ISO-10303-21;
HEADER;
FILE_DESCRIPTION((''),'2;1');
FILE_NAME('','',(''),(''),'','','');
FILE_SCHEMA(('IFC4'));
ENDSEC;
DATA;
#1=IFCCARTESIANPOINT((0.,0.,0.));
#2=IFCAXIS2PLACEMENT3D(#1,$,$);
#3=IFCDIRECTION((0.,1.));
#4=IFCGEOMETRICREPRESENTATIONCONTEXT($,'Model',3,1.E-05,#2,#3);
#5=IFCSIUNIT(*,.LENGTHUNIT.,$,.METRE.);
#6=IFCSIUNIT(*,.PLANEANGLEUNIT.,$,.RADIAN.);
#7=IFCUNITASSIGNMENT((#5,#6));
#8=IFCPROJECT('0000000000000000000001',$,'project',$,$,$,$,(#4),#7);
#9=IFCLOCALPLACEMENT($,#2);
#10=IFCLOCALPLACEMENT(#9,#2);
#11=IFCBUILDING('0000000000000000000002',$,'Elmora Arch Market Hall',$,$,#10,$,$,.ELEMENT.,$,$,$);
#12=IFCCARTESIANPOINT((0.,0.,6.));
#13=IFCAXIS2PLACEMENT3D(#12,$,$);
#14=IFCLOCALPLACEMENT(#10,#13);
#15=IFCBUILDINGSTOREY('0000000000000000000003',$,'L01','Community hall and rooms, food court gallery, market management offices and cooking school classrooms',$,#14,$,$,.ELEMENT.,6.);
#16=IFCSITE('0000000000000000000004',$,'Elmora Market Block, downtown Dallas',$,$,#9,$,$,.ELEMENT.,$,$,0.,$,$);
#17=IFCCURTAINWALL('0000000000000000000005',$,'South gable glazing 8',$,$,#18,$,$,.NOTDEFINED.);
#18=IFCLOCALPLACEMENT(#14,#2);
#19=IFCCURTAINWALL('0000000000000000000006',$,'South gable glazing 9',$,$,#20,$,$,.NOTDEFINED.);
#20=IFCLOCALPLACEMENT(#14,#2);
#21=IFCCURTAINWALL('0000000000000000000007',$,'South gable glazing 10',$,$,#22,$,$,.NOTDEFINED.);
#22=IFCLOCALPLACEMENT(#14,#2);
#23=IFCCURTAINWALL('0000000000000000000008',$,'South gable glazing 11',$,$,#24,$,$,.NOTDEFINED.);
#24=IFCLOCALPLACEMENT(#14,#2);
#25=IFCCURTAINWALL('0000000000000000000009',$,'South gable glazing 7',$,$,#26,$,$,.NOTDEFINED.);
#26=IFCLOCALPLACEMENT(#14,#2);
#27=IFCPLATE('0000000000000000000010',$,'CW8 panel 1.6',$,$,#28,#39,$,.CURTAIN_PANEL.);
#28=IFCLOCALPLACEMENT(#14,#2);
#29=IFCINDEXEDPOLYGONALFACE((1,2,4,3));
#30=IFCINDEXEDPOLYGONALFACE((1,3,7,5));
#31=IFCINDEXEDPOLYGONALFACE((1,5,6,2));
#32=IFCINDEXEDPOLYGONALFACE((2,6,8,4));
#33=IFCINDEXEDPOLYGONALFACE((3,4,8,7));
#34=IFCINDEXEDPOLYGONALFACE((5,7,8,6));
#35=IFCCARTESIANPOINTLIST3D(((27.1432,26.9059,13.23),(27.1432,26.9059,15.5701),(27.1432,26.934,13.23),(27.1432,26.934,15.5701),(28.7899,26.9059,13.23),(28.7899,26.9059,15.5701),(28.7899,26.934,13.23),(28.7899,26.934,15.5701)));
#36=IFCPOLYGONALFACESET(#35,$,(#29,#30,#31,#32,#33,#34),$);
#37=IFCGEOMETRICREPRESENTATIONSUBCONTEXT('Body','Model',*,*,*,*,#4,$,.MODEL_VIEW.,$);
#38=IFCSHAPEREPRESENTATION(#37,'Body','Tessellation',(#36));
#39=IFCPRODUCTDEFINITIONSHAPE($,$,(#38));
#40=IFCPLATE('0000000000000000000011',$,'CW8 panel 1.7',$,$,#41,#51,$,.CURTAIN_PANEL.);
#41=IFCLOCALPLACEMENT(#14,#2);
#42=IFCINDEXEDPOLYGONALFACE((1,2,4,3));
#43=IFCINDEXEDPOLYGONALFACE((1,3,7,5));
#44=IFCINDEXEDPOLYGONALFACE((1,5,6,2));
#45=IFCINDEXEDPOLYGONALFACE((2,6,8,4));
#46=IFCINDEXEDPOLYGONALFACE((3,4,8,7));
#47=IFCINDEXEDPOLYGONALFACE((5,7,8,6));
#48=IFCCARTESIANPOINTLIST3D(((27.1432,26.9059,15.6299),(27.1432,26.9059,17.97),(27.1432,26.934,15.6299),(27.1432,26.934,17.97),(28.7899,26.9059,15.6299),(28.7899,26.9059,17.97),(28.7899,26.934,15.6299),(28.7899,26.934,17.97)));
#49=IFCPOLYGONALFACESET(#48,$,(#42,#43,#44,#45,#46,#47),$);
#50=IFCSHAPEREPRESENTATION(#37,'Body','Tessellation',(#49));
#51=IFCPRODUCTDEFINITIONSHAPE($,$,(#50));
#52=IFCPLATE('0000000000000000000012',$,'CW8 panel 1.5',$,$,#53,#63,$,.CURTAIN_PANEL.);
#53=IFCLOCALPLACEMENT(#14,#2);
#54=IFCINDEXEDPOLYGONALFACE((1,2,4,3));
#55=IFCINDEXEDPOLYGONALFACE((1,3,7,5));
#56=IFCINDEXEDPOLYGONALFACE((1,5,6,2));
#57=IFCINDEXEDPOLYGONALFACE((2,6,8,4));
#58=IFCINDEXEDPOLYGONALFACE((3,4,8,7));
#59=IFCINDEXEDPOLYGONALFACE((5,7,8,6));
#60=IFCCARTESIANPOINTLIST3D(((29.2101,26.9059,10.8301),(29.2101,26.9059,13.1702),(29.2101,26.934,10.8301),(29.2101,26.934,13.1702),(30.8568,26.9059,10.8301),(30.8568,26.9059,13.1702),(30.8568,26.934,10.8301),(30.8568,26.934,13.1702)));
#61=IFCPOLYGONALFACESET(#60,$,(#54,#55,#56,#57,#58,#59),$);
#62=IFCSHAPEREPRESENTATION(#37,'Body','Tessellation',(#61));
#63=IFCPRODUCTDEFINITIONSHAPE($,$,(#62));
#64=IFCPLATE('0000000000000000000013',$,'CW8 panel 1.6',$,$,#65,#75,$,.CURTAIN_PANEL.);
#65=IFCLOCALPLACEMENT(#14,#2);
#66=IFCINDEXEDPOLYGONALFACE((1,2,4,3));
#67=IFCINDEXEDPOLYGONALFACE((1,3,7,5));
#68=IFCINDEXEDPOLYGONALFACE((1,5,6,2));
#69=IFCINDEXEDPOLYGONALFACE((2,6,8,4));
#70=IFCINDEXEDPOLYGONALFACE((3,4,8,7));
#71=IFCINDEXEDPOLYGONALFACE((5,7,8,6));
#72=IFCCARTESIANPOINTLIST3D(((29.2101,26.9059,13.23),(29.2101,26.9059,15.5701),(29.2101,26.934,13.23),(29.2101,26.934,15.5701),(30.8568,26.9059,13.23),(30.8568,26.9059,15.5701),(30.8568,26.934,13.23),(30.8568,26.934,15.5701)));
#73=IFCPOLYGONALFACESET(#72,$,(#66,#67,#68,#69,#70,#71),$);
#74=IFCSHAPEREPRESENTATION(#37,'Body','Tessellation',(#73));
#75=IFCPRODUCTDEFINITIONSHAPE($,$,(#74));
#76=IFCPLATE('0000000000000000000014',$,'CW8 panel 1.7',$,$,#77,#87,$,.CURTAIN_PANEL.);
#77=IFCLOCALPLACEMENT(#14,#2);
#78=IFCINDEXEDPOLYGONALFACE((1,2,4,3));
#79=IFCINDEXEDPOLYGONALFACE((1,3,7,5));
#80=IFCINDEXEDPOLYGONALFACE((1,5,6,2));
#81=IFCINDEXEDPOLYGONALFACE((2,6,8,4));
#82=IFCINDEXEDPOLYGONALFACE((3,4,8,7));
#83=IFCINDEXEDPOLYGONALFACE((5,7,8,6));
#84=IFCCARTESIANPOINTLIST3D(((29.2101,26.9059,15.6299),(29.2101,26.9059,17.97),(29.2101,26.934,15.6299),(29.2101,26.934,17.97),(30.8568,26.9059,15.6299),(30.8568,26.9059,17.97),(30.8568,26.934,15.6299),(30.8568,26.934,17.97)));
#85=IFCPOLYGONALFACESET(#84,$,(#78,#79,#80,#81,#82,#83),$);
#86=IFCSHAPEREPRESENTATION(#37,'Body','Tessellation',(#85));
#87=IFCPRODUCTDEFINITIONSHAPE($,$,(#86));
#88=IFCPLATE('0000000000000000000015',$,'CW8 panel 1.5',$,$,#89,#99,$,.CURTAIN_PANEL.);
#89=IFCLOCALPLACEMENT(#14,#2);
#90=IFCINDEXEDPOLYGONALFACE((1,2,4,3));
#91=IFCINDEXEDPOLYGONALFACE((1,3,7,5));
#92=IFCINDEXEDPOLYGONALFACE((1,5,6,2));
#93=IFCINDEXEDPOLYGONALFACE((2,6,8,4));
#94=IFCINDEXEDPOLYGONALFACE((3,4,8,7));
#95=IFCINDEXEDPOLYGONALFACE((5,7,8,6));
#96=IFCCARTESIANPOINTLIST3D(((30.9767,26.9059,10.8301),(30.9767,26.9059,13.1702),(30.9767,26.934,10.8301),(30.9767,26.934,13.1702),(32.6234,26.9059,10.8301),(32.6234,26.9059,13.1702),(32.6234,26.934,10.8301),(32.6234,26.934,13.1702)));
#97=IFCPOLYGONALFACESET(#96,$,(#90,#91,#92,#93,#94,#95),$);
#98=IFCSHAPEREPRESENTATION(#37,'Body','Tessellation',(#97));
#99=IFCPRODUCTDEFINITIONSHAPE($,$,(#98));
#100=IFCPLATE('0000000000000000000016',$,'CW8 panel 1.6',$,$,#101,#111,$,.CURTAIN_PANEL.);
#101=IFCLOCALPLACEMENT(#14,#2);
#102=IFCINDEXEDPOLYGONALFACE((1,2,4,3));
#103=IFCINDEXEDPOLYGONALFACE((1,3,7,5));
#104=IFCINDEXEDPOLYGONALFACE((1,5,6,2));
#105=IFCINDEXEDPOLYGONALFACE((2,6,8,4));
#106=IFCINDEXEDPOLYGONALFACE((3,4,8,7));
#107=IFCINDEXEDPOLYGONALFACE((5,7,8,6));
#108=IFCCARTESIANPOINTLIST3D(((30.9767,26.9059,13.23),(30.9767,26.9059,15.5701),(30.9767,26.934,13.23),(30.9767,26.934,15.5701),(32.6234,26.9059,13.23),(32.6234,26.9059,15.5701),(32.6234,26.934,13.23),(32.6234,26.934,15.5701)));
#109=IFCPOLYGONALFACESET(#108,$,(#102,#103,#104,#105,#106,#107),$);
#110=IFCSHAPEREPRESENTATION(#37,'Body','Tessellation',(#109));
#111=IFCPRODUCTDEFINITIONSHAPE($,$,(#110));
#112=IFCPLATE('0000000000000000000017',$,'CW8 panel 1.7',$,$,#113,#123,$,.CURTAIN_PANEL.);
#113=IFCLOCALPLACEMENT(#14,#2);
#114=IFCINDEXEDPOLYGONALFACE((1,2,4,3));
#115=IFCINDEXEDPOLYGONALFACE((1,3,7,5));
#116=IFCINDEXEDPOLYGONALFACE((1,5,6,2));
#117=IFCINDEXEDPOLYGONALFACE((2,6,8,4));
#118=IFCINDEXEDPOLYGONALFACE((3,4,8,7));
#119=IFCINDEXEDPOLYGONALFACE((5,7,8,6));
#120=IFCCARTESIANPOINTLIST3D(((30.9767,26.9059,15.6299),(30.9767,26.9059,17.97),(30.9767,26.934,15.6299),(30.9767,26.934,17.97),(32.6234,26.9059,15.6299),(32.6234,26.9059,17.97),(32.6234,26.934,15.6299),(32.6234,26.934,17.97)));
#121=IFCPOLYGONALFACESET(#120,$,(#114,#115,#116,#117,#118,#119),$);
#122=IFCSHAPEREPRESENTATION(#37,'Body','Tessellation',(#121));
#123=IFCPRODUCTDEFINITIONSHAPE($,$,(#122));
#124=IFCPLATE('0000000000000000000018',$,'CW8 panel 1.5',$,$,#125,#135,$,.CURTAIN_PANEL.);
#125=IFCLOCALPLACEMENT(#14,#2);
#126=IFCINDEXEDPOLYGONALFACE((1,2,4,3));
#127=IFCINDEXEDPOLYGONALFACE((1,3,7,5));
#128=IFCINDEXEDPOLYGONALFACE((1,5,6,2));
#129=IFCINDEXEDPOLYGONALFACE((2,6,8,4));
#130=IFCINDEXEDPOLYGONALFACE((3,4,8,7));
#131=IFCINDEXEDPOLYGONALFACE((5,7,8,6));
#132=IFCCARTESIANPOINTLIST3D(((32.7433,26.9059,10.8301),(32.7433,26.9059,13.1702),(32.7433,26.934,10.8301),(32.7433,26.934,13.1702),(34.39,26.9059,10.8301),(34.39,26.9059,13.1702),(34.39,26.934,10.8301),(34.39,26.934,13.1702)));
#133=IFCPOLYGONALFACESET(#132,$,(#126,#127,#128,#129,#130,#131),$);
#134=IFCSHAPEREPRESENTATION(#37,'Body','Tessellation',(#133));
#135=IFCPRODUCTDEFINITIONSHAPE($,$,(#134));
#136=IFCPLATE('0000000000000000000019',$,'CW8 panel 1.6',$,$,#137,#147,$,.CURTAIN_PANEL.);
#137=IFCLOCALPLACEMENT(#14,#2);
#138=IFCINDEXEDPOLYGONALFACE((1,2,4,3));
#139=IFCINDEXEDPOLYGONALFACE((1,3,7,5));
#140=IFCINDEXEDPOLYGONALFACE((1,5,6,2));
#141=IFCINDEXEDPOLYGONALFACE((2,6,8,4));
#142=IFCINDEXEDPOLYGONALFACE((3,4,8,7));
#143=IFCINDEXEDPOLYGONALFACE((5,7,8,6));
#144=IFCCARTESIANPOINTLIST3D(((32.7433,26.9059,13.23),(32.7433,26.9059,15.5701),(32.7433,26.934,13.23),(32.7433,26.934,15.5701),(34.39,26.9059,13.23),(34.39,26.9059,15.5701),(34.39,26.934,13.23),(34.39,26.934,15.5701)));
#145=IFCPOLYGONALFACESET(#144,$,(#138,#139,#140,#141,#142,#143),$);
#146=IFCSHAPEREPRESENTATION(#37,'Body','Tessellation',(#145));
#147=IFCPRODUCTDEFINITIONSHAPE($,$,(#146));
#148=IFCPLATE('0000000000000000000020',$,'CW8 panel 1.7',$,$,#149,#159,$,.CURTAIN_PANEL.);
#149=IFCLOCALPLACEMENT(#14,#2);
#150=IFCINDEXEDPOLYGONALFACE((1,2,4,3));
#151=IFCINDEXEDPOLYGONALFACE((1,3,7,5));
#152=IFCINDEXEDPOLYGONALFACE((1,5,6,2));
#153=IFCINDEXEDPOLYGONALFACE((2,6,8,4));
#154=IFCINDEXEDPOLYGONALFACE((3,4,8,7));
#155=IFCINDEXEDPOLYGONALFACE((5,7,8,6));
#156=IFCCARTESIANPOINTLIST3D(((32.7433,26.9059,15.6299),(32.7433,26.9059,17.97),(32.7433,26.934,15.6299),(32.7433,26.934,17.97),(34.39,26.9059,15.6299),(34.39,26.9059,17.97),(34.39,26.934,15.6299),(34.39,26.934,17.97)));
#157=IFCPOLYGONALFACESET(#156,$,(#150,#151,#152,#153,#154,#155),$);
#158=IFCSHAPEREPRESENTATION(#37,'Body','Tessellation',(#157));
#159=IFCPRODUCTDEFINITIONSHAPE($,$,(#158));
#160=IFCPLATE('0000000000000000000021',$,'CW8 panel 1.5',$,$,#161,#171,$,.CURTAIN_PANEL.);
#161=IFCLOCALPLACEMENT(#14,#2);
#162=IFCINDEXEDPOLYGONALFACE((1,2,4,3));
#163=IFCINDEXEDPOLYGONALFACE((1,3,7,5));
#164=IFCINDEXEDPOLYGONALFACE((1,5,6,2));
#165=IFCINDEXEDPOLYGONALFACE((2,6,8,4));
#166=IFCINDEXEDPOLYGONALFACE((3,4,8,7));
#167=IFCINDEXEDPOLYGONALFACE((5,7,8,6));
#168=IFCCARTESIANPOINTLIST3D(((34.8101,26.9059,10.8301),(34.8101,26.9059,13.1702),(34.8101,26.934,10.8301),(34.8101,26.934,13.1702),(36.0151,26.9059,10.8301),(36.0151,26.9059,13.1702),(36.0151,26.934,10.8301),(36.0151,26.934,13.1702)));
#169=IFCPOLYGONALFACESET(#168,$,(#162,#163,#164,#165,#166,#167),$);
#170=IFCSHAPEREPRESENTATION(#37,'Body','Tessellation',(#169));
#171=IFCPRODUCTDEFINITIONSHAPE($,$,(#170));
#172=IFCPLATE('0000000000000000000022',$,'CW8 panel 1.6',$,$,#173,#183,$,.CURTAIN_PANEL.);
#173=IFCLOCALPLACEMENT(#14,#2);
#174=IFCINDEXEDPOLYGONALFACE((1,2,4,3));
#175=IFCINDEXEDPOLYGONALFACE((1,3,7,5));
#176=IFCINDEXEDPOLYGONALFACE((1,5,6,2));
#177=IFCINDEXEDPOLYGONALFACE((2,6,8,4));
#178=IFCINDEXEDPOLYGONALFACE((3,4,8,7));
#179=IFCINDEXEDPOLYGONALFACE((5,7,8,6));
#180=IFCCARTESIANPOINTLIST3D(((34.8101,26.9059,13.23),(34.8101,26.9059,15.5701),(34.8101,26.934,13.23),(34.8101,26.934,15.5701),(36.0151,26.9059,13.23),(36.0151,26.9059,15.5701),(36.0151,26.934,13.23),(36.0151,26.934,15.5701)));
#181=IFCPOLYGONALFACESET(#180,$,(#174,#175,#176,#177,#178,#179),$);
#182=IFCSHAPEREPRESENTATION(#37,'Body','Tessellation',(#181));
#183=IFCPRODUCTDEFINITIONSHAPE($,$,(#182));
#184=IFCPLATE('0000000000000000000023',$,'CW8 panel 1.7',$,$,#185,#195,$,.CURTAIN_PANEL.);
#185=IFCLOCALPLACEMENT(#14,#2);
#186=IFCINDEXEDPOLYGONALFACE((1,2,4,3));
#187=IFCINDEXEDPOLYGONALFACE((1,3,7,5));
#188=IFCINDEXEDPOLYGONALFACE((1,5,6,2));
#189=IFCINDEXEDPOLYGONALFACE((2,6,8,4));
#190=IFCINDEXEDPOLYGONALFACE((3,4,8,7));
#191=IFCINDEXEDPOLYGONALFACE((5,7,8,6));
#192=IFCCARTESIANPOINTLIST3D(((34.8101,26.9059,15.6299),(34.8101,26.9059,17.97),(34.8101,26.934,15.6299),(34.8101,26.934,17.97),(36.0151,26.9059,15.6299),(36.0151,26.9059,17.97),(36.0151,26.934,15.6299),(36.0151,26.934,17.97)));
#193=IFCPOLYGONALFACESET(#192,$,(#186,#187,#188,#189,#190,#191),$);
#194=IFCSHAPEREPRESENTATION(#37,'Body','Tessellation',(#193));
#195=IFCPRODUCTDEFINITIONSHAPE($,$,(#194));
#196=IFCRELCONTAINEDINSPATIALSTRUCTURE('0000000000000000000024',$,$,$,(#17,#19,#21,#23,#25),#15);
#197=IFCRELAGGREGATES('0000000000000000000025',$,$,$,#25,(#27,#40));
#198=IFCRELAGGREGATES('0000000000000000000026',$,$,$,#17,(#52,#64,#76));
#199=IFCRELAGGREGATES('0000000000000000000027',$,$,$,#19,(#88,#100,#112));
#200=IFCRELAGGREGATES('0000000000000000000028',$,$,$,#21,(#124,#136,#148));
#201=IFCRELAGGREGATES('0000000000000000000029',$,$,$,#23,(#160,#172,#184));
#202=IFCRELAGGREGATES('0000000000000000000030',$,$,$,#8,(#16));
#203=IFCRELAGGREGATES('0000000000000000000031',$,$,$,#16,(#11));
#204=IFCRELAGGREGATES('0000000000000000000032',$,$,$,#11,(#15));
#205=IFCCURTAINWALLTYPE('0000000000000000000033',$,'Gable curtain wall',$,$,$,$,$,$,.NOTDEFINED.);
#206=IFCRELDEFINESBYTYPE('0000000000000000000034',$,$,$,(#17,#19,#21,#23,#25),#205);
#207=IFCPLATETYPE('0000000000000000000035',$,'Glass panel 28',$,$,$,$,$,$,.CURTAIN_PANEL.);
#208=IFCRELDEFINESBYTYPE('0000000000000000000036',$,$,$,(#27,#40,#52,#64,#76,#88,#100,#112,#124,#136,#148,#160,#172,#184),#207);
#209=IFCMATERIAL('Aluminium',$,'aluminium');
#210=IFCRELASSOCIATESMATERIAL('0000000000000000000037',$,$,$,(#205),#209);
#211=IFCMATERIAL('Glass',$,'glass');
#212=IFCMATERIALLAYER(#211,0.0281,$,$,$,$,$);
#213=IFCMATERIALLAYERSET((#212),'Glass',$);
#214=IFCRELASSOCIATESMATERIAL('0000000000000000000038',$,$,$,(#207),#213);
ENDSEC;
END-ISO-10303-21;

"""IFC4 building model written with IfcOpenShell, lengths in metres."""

from ifc_helpers import new_model, si_unit, direction, frame, origin, origin_2d, place, context, subcontext, project, spatial, rectangle, extrude, material, layer, layer_set, type_object, element, aggregate, save


model = new_model("IFC4")

# Units and contexts
model_context = context("Model", 3, precision=1e-05, world=origin(), true_north=direction((0.0, 1.0)))
body_context = subcontext(model_context, "Body", "Model", "MODEL_VIEW")
ifc_project = project(units=[si_unit("LENGTHUNIT", "METRE"), si_unit("PLANEANGLEUNIT", "RADIAN")], contexts=[model_context])

# Site, building, storey
site_placement = place(None, origin())
site = spatial("IfcSite", under=ifc_project, at=site_placement, Name="Elmora Market Block, downtown Dallas", CompositionType="ELEMENT", RefElevation=0.0)
building_placement = place(site_placement, origin())
building = spatial("IfcBuilding", under=site, at=building_placement, Name="Elmora Arch Market Hall", CompositionType="ELEMENT")
storey_placement = place(building_placement, frame((0.0, 0.0, 6.0)))
storey = spatial("IfcBuildingStorey", under=building, at=storey_placement, Name="L01", Description="Community hall and rooms, food court gallery, market management offices and cooking school classrooms", CompositionType="ELEMENT", Elevation=6.0)

# Curtain walls
ifc_material_1 = material(Name="Aluminium", Category="aluminium")
curtain_wall_type = type_object("IfcCurtainWallType", Name="Gable curtain wall", PredefinedType="NOTDEFINED", material=ifc_material_1)
curtain_wall_1_placement = place(storey_placement, origin())
curtain_wall_1 = element("IfcCurtainWall", 1, at=curtain_wall_1_placement, inside=storey, type_object=curtain_wall_type, Name="South gable glazing 8", PredefinedType="NOTDEFINED")
curtain_wall_2_placement = place(storey_placement, origin())
curtain_wall_2 = element("IfcCurtainWall", 2, at=curtain_wall_2_placement, inside=storey, type_object=curtain_wall_type, Name="South gable glazing 9", PredefinedType="NOTDEFINED")
curtain_wall_3_placement = place(storey_placement, origin())
curtain_wall_3 = element("IfcCurtainWall", 3, at=curtain_wall_3_placement, inside=storey, type_object=curtain_wall_type, Name="South gable glazing 10", PredefinedType="NOTDEFINED")
curtain_wall_4_placement = place(storey_placement, origin())
curtain_wall_4 = element("IfcCurtainWall", 4, at=curtain_wall_4_placement, inside=storey, type_object=curtain_wall_type, Name="South gable glazing 11", PredefinedType="NOTDEFINED")

# Curtain wall, plates
curtain_wall_5_placement = place(storey_placement, origin())
curtain_wall_5 = element("IfcCurtainWall", 5, at=curtain_wall_5_placement, inside=storey, type_object=curtain_wall_type, Name="South gable glazing 7", PredefinedType="NOTDEFINED")
ifc_material_2 = material(Name="Glass", Category="glass")
ifc_layer = layer(ifc_material_2, 0.0281)
ifc_layer_set = layer_set([ifc_layer], Name="Glass")
plate_type = type_object("IfcPlateType", Name="Glass panel 28", PredefinedType="CURTAIN_PANEL", material=ifc_layer_set)
plate_1_placement = place(storey_placement, frame((27.9666, 26.9199, 13.23), z_axis=(0.0, 0.0, 1.0), x_axis=(1.0, 0.0, 0.0)))
plate_1 = element("IfcPlate", 6, at=plate_1_placement, type_object=plate_type, Name="CW8 panel 1.6", PredefinedType="CURTAIN_PANEL", context=body_context, shape_type="SweptSolid", body=[
    extrude(rectangle(XDim=1.6467, YDim=0.0281, at=origin_2d()), origin(), (0.0, 0.0, 1.0), 2.3401),
])
plate_2_placement = place(storey_placement, frame((27.9666, 26.9199, 15.6299), z_axis=(0.0, 0.0, 1.0), x_axis=(1.0, 0.0, 0.0)))
plate_2 = element("IfcPlate", 7, at=plate_2_placement, type_object=plate_type, Name="CW8 panel 1.7", PredefinedType="CURTAIN_PANEL", context=body_context, shape_type="SweptSolid", body=[
    extrude(rectangle(XDim=1.6467, YDim=0.0281, at=origin_2d()), origin(), (0.0, 0.0, 1.0), 2.3401),
])
aggregate(curtain_wall_5, [plate_1, plate_2])

# Plates
plate_3_placement = place(storey_placement, frame((30.0334, 26.9199, 10.8301), z_axis=(0.0, 0.0, 1.0), x_axis=(1.0, 0.0, 0.0)))
plate_3 = element("IfcPlate", 8, at=plate_3_placement, type_object=plate_type, Name="CW8 panel 1.5", PredefinedType="CURTAIN_PANEL", context=body_context, shape_type="SweptSolid", body=[
    extrude(rectangle(XDim=1.6467, YDim=0.0281, at=origin_2d()), origin(), (0.0, 0.0, 1.0), 2.3401),
])
plate_4_placement = place(storey_placement, frame((30.0334, 26.9199, 13.23), z_axis=(0.0, 0.0, 1.0), x_axis=(1.0, 0.0, 0.0)))
plate_4 = element("IfcPlate", 9, at=plate_4_placement, type_object=plate_type, Name="CW8 panel 1.6", PredefinedType="CURTAIN_PANEL", context=body_context, shape_type="SweptSolid", body=[
    extrude(rectangle(XDim=1.6467, YDim=0.0281, at=origin_2d()), origin(), (0.0, 0.0, 1.0), 2.3401),
])
plate_5_placement = place(storey_placement, frame((30.0334, 26.9199, 15.6299), z_axis=(0.0, 0.0, 1.0), x_axis=(1.0, 0.0, 0.0)))
plate_5 = element("IfcPlate", 10, at=plate_5_placement, type_object=plate_type, Name="CW8 panel 1.7", PredefinedType="CURTAIN_PANEL", context=body_context, shape_type="SweptSolid", body=[
    extrude(rectangle(XDim=1.6467, YDim=0.0281, at=origin_2d()), origin(), (0.0, 0.0, 1.0), 2.3401),
])
aggregate(curtain_wall_1, [plate_3, plate_4, plate_5])
plate_6_placement = place(storey_placement, frame((31.8, 26.9199, 10.8301), z_axis=(0.0, 0.0, 1.0), x_axis=(1.0, 0.0, 0.0)))
plate_6 = element("IfcPlate", 11, at=plate_6_placement, type_object=plate_type, Name="CW8 panel 1.5", PredefinedType="CURTAIN_PANEL", context=body_context, shape_type="SweptSolid", body=[
    extrude(rectangle(XDim=1.6467, YDim=0.0281, at=origin_2d()), origin(), (0.0, 0.0, 1.0), 2.3401),
])
plate_7_placement = place(storey_placement, frame((31.8, 26.9199, 13.23), z_axis=(0.0, 0.0, 1.0), x_axis=(1.0, 0.0, 0.0)))
plate_7 = element("IfcPlate", 12, at=plate_7_placement, type_object=plate_type, Name="CW8 panel 1.6", PredefinedType="CURTAIN_PANEL", context=body_context, shape_type="SweptSolid", body=[
    extrude(rectangle(XDim=1.6467, YDim=0.0281, at=origin_2d()), origin(), (0.0, 0.0, 1.0), 2.3401),
])
plate_8_placement = place(storey_placement, frame((31.8, 26.9199, 15.6299), z_axis=(0.0, 0.0, 1.0), x_axis=(1.0, 0.0, 0.0)))
plate_8 = element("IfcPlate", 13, at=plate_8_placement, type_object=plate_type, Name="CW8 panel 1.7", PredefinedType="CURTAIN_PANEL", context=body_context, shape_type="SweptSolid", body=[
    extrude(rectangle(XDim=1.6467, YDim=0.0281, at=origin_2d()), origin(), (0.0, 0.0, 1.0), 2.3401),
])
aggregate(curtain_wall_2, [plate_6, plate_7, plate_8])
plate_9_placement = place(storey_placement, frame((33.5667, 26.9199, 10.8301), z_axis=(0.0, 0.0, 1.0), x_axis=(1.0, 0.0, 0.0)))
plate_9 = element("IfcPlate", 14, at=plate_9_placement, type_object=plate_type, Name="CW8 panel 1.5", PredefinedType="CURTAIN_PANEL", context=body_context, shape_type="SweptSolid", body=[
    extrude(rectangle(XDim=1.6467, YDim=0.0281, at=origin_2d()), origin(), (0.0, 0.0, 1.0), 2.3401),
])
plate_10_placement = place(storey_placement, frame((33.5667, 26.9199, 13.23), z_axis=(0.0, 0.0, 1.0), x_axis=(1.0, 0.0, 0.0)))
plate_10 = element("IfcPlate", 15, at=plate_10_placement, type_object=plate_type, Name="CW8 panel 1.6", PredefinedType="CURTAIN_PANEL", context=body_context, shape_type="SweptSolid", body=[
    extrude(rectangle(XDim=1.6467, YDim=0.0281, at=origin_2d()), origin(), (0.0, 0.0, 1.0), 2.3401),
])
plate_11_placement = place(storey_placement, frame((33.5667, 26.9199, 15.6299), z_axis=(0.0, 0.0, 1.0), x_axis=(1.0, 0.0, 0.0)))
plate_11 = element("IfcPlate", 16, at=plate_11_placement, type_object=plate_type, Name="CW8 panel 1.7", PredefinedType="CURTAIN_PANEL", context=body_context, shape_type="SweptSolid", body=[
    extrude(rectangle(XDim=1.6467, YDim=0.0281, at=origin_2d()), origin(), (0.0, 0.0, 1.0), 2.3401),
])
aggregate(curtain_wall_3, [plate_9, plate_10, plate_11])
plate_12_placement = place(storey_placement, frame((35.4126, 26.9199, 10.8301), z_axis=(0.0, 0.0, 1.0), x_axis=(1.0, 0.0, 0.0)))
plate_12 = element("IfcPlate", 17, at=plate_12_placement, type_object=plate_type, Name="CW8 panel 1.5", PredefinedType="CURTAIN_PANEL", context=body_context, shape_type="SweptSolid", body=[
    extrude(rectangle(XDim=1.2051, YDim=0.0281, at=origin_2d()), origin(), (0.0, 0.0, 1.0), 2.3401),
])
plate_13_placement = place(storey_placement, frame((35.4126, 26.9199, 13.23), z_axis=(0.0, 0.0, 1.0), x_axis=(1.0, 0.0, 0.0)))
plate_13 = element("IfcPlate", 18, at=plate_13_placement, type_object=plate_type, Name="CW8 panel 1.6", PredefinedType="CURTAIN_PANEL", context=body_context, shape_type="SweptSolid", body=[
    extrude(rectangle(XDim=1.2051, YDim=0.0281, at=origin_2d()), origin(), (0.0, 0.0, 1.0), 2.3401),
])
plate_14_placement = place(storey_placement, frame((35.4126, 26.9199, 15.6299), z_axis=(0.0, 0.0, 1.0), x_axis=(1.0, 0.0, 0.0)))
plate_14 = element("IfcPlate", 19, at=plate_14_placement, type_object=plate_type, Name="CW8 panel 1.7", PredefinedType="CURTAIN_PANEL", context=body_context, shape_type="SweptSolid", body=[
    extrude(rectangle(XDim=1.2051, YDim=0.0281, at=origin_2d()), origin(), (0.0, 0.0, 1.0), 2.3401),
])
aggregate(curtain_wall_4, [plate_12, plate_13, plate_14])

save(model, "model.ifc")
